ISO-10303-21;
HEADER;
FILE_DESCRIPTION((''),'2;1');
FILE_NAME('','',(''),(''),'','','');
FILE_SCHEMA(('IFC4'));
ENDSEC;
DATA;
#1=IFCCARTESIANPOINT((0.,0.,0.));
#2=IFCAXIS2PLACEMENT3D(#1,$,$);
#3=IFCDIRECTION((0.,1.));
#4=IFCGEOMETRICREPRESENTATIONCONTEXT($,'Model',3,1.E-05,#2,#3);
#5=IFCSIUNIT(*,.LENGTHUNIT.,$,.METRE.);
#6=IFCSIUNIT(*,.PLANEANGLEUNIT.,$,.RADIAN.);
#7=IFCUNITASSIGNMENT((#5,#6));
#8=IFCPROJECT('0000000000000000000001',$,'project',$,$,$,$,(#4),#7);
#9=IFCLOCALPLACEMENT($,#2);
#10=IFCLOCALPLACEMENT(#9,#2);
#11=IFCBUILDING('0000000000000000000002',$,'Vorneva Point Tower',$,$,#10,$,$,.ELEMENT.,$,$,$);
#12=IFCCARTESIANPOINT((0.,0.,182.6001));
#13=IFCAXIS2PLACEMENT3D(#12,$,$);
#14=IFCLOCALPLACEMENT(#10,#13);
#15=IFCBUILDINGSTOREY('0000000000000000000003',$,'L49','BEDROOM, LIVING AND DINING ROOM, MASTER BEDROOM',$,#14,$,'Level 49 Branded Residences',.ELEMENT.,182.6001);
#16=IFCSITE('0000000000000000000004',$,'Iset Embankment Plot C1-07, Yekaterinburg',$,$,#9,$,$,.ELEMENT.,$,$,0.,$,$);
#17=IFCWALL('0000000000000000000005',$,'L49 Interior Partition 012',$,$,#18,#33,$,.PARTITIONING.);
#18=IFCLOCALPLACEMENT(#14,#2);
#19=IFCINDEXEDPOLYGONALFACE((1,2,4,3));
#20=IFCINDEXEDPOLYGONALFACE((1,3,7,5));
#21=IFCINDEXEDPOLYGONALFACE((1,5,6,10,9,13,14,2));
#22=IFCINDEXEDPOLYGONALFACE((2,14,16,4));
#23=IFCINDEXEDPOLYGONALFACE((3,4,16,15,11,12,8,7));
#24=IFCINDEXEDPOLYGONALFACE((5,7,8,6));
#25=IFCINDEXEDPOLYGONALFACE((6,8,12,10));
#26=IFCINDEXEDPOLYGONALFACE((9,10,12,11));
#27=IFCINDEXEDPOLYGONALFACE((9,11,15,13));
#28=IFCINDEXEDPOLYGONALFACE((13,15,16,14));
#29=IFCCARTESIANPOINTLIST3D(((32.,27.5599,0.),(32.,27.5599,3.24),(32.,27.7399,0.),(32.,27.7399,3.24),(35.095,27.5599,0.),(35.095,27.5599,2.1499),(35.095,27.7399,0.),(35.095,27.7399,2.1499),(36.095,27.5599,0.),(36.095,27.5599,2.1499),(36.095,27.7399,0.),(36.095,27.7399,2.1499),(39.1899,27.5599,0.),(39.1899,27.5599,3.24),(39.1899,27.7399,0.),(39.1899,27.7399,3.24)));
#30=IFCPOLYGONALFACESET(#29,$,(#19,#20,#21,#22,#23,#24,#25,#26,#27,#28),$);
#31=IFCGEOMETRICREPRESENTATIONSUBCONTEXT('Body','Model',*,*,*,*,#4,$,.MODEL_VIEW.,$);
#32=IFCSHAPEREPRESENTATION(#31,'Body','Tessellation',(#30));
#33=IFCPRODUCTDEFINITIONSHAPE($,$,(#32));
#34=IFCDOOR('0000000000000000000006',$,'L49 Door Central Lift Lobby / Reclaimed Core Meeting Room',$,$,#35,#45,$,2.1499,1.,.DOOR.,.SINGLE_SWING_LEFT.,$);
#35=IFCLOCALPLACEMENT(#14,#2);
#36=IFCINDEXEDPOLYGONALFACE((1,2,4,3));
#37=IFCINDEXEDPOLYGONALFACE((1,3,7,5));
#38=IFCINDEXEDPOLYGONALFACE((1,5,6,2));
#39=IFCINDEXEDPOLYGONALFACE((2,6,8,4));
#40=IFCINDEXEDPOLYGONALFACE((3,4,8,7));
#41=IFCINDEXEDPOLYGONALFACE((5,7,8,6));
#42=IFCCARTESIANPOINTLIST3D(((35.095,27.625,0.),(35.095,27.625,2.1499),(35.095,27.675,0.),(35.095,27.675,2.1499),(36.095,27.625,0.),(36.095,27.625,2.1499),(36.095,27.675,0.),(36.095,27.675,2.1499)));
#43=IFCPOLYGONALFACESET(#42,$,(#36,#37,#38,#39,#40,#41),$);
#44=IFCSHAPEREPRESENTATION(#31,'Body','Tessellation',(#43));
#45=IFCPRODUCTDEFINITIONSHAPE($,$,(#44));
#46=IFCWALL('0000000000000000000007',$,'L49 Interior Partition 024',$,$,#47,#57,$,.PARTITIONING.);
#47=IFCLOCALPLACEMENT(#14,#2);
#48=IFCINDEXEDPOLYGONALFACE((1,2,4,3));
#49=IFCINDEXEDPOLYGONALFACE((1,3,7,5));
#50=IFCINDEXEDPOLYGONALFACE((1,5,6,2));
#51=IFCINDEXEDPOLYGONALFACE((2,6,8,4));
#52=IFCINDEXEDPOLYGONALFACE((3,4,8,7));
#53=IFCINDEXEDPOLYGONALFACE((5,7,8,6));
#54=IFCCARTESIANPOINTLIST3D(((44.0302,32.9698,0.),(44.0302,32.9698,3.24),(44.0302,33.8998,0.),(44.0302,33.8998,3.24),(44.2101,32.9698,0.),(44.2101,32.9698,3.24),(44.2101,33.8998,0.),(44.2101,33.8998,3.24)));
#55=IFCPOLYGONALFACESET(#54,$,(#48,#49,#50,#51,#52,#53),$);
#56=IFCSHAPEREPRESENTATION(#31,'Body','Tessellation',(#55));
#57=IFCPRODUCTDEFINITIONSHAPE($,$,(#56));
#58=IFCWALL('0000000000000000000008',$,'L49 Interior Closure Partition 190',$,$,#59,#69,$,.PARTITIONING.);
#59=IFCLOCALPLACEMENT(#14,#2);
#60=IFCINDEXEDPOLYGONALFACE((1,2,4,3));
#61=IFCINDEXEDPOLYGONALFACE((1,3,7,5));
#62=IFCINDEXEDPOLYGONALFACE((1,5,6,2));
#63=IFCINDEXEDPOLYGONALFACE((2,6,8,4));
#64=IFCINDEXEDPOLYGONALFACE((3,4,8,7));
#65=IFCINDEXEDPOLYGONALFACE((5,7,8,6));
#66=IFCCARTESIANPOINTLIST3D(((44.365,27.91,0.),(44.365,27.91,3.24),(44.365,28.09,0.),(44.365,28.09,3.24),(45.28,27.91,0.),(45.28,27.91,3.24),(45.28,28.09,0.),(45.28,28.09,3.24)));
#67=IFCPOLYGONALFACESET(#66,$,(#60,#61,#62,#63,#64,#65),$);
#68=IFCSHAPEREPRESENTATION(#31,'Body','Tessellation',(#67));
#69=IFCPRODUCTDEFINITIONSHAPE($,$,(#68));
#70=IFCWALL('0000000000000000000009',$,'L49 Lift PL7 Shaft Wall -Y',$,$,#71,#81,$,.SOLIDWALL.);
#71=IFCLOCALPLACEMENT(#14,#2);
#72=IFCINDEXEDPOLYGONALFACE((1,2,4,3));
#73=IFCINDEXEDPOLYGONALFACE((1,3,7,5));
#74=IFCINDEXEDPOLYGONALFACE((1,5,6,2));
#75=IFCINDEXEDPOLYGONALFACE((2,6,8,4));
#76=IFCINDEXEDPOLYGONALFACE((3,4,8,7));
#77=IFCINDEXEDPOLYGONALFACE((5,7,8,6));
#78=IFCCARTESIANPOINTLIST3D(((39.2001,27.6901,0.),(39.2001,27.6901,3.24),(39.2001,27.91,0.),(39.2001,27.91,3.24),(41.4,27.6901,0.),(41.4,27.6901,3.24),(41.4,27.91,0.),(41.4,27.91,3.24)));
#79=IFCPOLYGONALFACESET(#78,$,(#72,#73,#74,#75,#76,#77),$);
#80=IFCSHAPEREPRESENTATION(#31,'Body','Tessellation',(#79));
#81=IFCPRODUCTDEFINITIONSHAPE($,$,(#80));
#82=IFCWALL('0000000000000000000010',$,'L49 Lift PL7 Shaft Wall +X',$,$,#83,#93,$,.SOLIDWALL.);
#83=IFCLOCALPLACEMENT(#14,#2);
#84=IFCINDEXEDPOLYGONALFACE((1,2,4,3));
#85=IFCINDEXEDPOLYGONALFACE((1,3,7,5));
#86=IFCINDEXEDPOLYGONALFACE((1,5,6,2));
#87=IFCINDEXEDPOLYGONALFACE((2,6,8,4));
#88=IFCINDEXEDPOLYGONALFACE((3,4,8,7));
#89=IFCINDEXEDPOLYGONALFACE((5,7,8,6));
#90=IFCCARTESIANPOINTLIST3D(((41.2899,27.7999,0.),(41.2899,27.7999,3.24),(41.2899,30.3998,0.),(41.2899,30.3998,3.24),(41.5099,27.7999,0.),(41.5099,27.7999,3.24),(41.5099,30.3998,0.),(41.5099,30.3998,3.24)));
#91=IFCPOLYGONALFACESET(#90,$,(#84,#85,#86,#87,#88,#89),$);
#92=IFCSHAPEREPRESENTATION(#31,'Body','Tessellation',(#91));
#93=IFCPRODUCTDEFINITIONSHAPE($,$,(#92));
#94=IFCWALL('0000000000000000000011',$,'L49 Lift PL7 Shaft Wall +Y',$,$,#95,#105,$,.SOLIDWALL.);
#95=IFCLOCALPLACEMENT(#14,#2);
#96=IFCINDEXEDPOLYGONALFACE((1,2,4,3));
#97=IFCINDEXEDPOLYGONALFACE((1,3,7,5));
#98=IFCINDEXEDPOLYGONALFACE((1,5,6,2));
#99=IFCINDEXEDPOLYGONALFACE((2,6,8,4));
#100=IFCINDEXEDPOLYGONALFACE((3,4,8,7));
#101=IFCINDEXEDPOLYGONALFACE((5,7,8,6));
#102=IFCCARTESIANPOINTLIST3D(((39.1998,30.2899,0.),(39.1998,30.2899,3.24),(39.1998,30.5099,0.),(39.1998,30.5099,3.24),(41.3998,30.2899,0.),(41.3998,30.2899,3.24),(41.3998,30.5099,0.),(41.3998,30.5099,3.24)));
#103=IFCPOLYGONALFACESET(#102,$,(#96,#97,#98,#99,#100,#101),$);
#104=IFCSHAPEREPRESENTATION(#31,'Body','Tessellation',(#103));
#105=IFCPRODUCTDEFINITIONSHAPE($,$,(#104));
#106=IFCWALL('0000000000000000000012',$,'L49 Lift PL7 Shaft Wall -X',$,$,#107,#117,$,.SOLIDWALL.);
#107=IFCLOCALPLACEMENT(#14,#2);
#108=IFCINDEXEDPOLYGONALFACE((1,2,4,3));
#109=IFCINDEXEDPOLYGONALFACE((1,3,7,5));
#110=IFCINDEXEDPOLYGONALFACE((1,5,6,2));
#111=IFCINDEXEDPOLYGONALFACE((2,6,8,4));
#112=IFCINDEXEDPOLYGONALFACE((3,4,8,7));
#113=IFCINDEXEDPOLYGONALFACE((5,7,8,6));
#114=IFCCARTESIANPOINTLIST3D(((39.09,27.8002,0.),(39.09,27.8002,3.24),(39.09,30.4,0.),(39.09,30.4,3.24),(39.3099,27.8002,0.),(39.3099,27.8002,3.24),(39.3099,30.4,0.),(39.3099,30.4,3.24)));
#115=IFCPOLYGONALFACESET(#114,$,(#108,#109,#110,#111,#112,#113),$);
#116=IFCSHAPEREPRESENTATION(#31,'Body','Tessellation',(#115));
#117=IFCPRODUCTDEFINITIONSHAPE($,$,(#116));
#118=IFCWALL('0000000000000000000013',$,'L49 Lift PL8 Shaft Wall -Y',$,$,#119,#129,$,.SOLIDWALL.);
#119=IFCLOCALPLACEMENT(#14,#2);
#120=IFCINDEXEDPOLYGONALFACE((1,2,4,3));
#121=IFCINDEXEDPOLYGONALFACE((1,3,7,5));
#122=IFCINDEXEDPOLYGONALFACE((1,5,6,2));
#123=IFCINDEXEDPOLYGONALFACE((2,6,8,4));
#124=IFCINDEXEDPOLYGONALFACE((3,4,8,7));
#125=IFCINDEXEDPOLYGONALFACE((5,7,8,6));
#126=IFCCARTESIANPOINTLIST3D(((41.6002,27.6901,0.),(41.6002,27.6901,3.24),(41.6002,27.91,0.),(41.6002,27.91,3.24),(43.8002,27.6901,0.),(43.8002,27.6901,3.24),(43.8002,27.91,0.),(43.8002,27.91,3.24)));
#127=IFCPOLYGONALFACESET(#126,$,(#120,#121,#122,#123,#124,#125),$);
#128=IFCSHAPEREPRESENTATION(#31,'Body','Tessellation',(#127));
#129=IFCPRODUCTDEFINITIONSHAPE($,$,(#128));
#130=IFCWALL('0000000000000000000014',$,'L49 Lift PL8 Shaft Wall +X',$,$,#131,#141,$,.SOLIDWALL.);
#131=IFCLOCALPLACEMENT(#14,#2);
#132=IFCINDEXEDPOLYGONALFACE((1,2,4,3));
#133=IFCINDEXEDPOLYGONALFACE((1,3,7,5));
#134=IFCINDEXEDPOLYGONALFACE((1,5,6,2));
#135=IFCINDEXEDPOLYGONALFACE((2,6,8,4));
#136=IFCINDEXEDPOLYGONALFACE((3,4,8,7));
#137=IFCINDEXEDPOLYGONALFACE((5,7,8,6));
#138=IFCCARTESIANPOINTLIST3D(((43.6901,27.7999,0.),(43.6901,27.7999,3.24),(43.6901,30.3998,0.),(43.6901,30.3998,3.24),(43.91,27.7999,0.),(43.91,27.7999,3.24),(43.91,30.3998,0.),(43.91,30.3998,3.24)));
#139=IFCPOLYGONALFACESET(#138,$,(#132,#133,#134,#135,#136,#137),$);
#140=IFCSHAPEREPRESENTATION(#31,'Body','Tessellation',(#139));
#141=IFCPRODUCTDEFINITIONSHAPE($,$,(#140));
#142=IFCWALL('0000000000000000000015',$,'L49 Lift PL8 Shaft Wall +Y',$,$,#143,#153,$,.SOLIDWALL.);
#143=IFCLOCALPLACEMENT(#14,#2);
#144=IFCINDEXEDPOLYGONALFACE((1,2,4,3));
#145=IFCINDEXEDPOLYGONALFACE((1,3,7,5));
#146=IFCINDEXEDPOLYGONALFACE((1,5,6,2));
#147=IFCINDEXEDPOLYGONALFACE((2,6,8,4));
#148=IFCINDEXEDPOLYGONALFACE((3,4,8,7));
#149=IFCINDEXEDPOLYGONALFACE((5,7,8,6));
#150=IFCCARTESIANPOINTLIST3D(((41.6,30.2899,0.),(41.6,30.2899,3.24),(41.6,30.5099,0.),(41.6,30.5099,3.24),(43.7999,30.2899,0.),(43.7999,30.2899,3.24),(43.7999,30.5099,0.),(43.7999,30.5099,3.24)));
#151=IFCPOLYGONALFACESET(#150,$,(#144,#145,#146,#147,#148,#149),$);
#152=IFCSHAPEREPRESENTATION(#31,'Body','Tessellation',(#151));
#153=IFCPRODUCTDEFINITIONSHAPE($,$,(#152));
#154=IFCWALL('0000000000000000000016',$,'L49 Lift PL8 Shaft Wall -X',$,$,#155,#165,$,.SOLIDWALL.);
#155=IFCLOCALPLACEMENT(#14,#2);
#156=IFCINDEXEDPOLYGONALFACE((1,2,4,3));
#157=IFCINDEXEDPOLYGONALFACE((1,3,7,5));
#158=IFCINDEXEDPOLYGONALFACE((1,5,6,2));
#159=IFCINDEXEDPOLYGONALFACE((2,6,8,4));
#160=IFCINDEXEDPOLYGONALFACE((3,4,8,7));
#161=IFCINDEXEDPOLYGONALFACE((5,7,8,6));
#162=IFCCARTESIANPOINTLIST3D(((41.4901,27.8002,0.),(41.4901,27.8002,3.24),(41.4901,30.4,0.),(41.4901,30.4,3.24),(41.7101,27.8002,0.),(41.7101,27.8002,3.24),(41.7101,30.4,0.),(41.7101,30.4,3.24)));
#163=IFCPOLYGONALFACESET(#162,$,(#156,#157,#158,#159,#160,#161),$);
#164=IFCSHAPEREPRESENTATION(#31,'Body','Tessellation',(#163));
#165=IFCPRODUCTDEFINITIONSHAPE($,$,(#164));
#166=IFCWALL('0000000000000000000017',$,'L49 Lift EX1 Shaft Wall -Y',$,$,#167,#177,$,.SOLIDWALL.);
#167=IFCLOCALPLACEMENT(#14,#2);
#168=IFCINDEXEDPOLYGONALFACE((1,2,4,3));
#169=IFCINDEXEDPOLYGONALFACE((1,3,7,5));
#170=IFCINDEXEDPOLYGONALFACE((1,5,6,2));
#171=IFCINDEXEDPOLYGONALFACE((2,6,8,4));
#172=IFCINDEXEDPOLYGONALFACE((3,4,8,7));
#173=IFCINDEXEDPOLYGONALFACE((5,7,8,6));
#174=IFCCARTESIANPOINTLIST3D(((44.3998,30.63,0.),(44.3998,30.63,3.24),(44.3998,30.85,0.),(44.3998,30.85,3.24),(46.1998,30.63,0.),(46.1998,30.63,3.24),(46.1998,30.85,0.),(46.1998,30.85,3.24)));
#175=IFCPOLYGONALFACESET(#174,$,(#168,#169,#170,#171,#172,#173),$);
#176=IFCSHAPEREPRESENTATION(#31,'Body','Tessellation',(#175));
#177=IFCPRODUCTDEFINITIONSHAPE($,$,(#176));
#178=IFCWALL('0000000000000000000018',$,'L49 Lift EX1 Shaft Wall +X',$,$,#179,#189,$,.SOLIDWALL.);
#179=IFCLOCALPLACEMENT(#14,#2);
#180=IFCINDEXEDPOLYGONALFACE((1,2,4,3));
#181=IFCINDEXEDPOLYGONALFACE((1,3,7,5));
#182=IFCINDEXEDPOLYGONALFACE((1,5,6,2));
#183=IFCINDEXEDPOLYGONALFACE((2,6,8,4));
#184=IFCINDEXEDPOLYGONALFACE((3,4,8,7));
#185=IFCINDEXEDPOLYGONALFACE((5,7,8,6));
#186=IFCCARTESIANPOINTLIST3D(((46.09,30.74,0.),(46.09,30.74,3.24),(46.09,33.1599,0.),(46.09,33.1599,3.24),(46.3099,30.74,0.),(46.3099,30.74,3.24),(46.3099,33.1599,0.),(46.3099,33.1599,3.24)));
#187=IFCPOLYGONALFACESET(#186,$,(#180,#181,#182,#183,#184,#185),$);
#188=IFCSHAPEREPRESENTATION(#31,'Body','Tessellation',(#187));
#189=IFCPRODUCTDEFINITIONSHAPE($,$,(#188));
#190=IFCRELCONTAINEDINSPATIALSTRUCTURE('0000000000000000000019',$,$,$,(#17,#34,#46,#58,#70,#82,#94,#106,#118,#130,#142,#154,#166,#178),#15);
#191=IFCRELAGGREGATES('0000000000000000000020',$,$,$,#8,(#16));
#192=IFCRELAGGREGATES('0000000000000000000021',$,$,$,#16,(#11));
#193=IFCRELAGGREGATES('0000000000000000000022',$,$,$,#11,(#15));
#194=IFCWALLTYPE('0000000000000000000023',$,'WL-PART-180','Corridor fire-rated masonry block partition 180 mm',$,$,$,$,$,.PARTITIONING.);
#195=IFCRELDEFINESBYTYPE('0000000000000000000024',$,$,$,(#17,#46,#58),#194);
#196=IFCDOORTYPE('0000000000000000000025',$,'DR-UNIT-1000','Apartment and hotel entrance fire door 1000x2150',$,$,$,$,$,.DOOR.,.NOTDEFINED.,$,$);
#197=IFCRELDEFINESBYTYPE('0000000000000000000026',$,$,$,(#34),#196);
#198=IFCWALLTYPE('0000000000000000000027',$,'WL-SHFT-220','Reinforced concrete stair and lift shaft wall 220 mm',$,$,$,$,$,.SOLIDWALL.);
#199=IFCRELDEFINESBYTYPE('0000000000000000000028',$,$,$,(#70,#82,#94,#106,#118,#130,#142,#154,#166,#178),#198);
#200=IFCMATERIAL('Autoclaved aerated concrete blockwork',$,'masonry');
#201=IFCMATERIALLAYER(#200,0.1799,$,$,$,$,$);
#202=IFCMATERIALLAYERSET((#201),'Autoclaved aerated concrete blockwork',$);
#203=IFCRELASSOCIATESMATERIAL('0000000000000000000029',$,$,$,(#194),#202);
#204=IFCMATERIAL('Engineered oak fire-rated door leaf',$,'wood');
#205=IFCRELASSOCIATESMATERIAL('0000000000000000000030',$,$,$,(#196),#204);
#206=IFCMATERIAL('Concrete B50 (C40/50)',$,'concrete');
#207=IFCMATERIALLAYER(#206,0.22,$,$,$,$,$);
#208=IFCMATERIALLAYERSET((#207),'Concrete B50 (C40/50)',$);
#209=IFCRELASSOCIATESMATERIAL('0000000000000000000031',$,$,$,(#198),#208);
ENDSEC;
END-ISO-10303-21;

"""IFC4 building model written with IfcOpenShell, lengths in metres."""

from ifc_helpers import new_model, si_unit, direction, frame, frame_2d, origin, place, context, subcontext, project, spatial, rectangle, extrude, material, layer, layer_set, type_object, element, fill, save


model = new_model("IFC4")

# Units and contexts
model_context = context("Model", 3, precision=1e-05, world=origin(), true_north=direction((0.0, 1.0)))
body_context = subcontext(model_context, "Body", "Model", "MODEL_VIEW")
ifc_project = project(units=[si_unit("LENGTHUNIT", "METRE"), si_unit("PLANEANGLEUNIT", "RADIAN")], contexts=[model_context])

# Site, building, storey
site_placement = place(None, origin())
site = spatial("IfcSite", under=ifc_project, at=site_placement, Name="Iset Embankment Plot C1-07, Yekaterinburg", CompositionType="ELEMENT", RefElevation=0.0)
building_placement = place(site_placement, origin())
building = spatial("IfcBuilding", under=site, at=building_placement, Name="Vorneva Point Tower", CompositionType="ELEMENT")
storey_placement = place(building_placement, frame((0.0, 0.0, 182.6001)))
storey = spatial("IfcBuildingStorey", under=building, at=storey_placement, Name="L49", Description="BEDROOM, LIVING AND DINING ROOM, MASTER BEDROOM", LongName="Level 49 Branded Residences", CompositionType="ELEMENT", Elevation=182.6001)

# Shared definitions
ifc_material_1 = material(Name="Concrete B50 (C40/50)", Category="concrete")

# Wall, opening, door
ifc_material_2 = material(Name="Autoclaved aerated concrete blockwork", Category="masonry")
ifc_layer_1 = layer(ifc_material_2, 0.1799)
ifc_layer_set_1 = layer_set([ifc_layer_1], Name="Autoclaved aerated concrete blockwork")
wall_type_1 = type_object("IfcWallType", Name="WL-PART-180", Description="Corridor fire-rated masonry block partition 180 mm", PredefinedType="PARTITIONING", material=ifc_layer_set_1)
wall_1_placement = place(storey_placement, frame((39.1899, 27.6499, 0.0), z_axis=(0.0, 0.0, 1.0), x_axis=(-1.0, 0.0, 0.0)))
wall_1 = element("IfcWall", 1, at=wall_1_placement, inside=storey, type_object=wall_type_1, Name="L49 Interior Partition 012", PredefinedType="PARTITIONING", context=body_context, shape_type="SweptSolid", body=[
    extrude(rectangle(XDim=7.1899, YDim=0.1799, at=frame_2d((3.595, 0.0))), origin(), (0.0, 0.0, 1.0), 3.24),
])
opening_1_placement = place(wall_1_placement, frame((3.095, 0.0, 0.0)))
opening_1 = element("IfcOpeningElement", 2, at=opening_1_placement, cuts=wall_1, PredefinedType="OPENING", context=body_context, shape_type="SweptSolid", body=[
    extrude(rectangle(XDim=1.0, YDim=2.1499, at=frame_2d((0.5, 1.075))), frame((0.0, 0.105, 0.0), z_axis=(0.0, -1.0, 0.0), x_axis=(1.0, 0.0, 0.0)), (0.0, 0.0, 1.0), 0.2097),
])
ifc_material_3 = material(Name="Engineered oak fire-rated door leaf", Category="wood")
door_type_1 = type_object("IfcDoorType", Name="DR-UNIT-1000", Description="Apartment and hotel entrance fire door 1000x2150", OperationType="NOTDEFINED", PredefinedType="DOOR", material=ifc_material_3)
door_1_placement = place(opening_1_placement, origin())
door_1 = element("IfcDoor", 3, at=door_1_placement, inside=storey, type_object=door_type_1, Name="L49 Door Central Lift Lobby / Reclaimed Core Meeting Room", OperationType="SINGLE_SWING_LEFT", OverallHeight=2.1499, OverallWidth=1.0, PredefinedType="DOOR", context=body_context, shape_type="SweptSolid", body=[
    extrude(rectangle(XDim=1.0, YDim=2.1499, at=frame_2d((0.5, 1.075))), frame((0.0, 0.0249, 0.0), z_axis=(0.0, -1.0, 0.0), x_axis=(1.0, 0.0, 0.0)), (0.0, 0.0, 1.0), 0.05),
])
fill(opening_1, door_1)

# Walls
wall_2_placement = place(storey_placement, frame((44.1201, 32.97, 0.0), z_axis=(0.0, 0.0, 1.0), x_axis=(0.0, 1.0, 0.0)))
element("IfcWall", 4, at=wall_2_placement, inside=storey, type_object=wall_type_1, Name="L49 Interior Partition 024", PredefinedType="PARTITIONING", context=body_context, shape_type="SweptSolid", body=[
    extrude(rectangle(XDim=0.9299, YDim=0.1799, at=frame_2d((0.4648, 0.0))), origin(), (0.0, 0.0, 1.0), 3.24),
])
wall_3_placement = place(storey_placement, frame((45.28, 28.0, 0.0), z_axis=(0.0, 0.0, 1.0), x_axis=(-1.0, 0.0, 0.0)))
element("IfcWall", 5, at=wall_3_placement, inside=storey, type_object=wall_type_1, Name="L49 Interior Closure Partition 190", PredefinedType="PARTITIONING", context=body_context, shape_type="SweptSolid", body=[
    extrude(rectangle(XDim=0.915, YDim=0.1799, at=frame_2d((0.4575, 0.0))), origin(), (0.0, 0.0, 1.0), 3.24),
])
ifc_layer_2 = layer(ifc_material_1, 0.22)
ifc_layer_set_2 = layer_set([ifc_layer_2], Name="Concrete B50 (C40/50)")
wall_type_2 = type_object("IfcWallType", Name="WL-SHFT-220", Description="Reinforced concrete stair and lift shaft wall 220 mm", PredefinedType="SOLIDWALL", material=ifc_layer_set_2)
wall_4_placement = place(storey_placement, frame((39.2, 27.8, 0.0), z_axis=(0.0, 0.0, 1.0), x_axis=(1.0, 0.0, 0.0)))
element("IfcWall", 6, at=wall_4_placement, inside=storey, type_object=wall_type_2, Name="L49 Lift PL7 Shaft Wall -Y", PredefinedType="SOLIDWALL", context=body_context, shape_type="SweptSolid", body=[
    extrude(rectangle(XDim=2.2, YDim=0.22, at=frame_2d((1.1001, 0.0))), origin(), (0.0, 0.0, 1.0), 3.24),
])
wall_5_placement = place(storey_placement, frame((41.3999, 27.8, 0.0), z_axis=(0.0, 0.0, 1.0), x_axis=(0.0, 1.0, 0.0)))
element("IfcWall", 7, at=wall_5_placement, inside=storey, type_object=wall_type_2, Name="L49 Lift PL7 Shaft Wall +X", PredefinedType="SOLIDWALL", context=body_context, shape_type="SweptSolid", body=[
    extrude(rectangle(XDim=2.5999, YDim=0.22, at=frame_2d((1.2998, 0.0))), origin(), (0.0, 0.0, 1.0), 3.24),
])
wall_6_placement = place(storey_placement, frame((41.3999, 30.3999, 0.0), z_axis=(0.0, 0.0, 1.0), x_axis=(-1.0, 0.0, 0.0)))
element("IfcWall", 8, at=wall_6_placement, inside=storey, type_object=wall_type_2, Name="L49 Lift PL7 Shaft Wall +Y", PredefinedType="SOLIDWALL", context=body_context, shape_type="SweptSolid", body=[
    extrude(rectangle(XDim=2.2, YDim=0.22, at=frame_2d((1.1001, 0.0))), origin(), (0.0, 0.0, 1.0), 3.24),
])
wall_7_placement = place(storey_placement, frame((39.2, 30.3999, 0.0), z_axis=(0.0, 0.0, 1.0), x_axis=(0.0, -1.0, 0.0)))
element("IfcWall", 9, at=wall_7_placement, inside=storey, type_object=wall_type_2, Name="L49 Lift PL7 Shaft Wall -X", PredefinedType="SOLIDWALL", context=body_context, shape_type="SweptSolid", body=[
    extrude(rectangle(XDim=2.5999, YDim=0.22, at=frame_2d((1.2998, 0.0))), origin(), (0.0, 0.0, 1.0), 3.24),
])
wall_8_placement = place(storey_placement, frame((41.6001, 27.8, 0.0), z_axis=(0.0, 0.0, 1.0), x_axis=(1.0, 0.0, 0.0)))
element("IfcWall", 10, at=wall_8_placement, inside=storey, type_object=wall_type_2, Name="L49 Lift PL8 Shaft Wall -Y", PredefinedType="SOLIDWALL", context=body_context, shape_type="SweptSolid", body=[
    extrude(rectangle(XDim=2.2, YDim=0.22, at=frame_2d((1.1001, 0.0))), origin(), (0.0, 0.0, 1.0), 3.24),
])
wall_9_placement = place(storey_placement, frame((43.8, 27.8, 0.0), z_axis=(0.0, 0.0, 1.0), x_axis=(0.0, 1.0, 0.0)))
element("IfcWall", 11, at=wall_9_placement, inside=storey, type_object=wall_type_2, Name="L49 Lift PL8 Shaft Wall +X", PredefinedType="SOLIDWALL", context=body_context, shape_type="SweptSolid", body=[
    extrude(rectangle(XDim=2.5999, YDim=0.22, at=frame_2d((1.2998, 0.0))), origin(), (0.0, 0.0, 1.0), 3.24),
])
wall_10_placement = place(storey_placement, frame((43.8, 30.3999, 0.0), z_axis=(0.0, 0.0, 1.0), x_axis=(-1.0, 0.0, 0.0)))
element("IfcWall", 12, at=wall_10_placement, inside=storey, type_object=wall_type_2, Name="L49 Lift PL8 Shaft Wall +Y", PredefinedType="SOLIDWALL", context=body_context, shape_type="SweptSolid", body=[
    extrude(rectangle(XDim=2.2, YDim=0.22, at=frame_2d((1.1001, 0.0))), origin(), (0.0, 0.0, 1.0), 3.24),
])
wall_11_placement = place(storey_placement, frame((41.6001, 30.3999, 0.0), z_axis=(0.0, 0.0, 1.0), x_axis=(0.0, -1.0, 0.0)))
element("IfcWall", 13, at=wall_11_placement, inside=storey, type_object=wall_type_2, Name="L49 Lift PL8 Shaft Wall -X", PredefinedType="SOLIDWALL", context=body_context, shape_type="SweptSolid", body=[
    extrude(rectangle(XDim=2.5999, YDim=0.22, at=frame_2d((1.2998, 0.0))), origin(), (0.0, 0.0, 1.0), 3.24),
])
wall_12_placement = place(storey_placement, frame((44.3999, 30.74, 0.0), z_axis=(0.0, 0.0, 1.0), x_axis=(1.0, 0.0, 0.0)))
element("IfcWall", 14, at=wall_12_placement, inside=storey, type_object=wall_type_2, Name="L49 Lift EX1 Shaft Wall -Y", PredefinedType="SOLIDWALL", context=body_context, shape_type="SweptSolid", body=[
    extrude(rectangle(XDim=1.8, YDim=0.22, at=frame_2d((0.8999, 0.0))), origin(), (0.0, 0.0, 1.0), 3.24),
])
wall_13_placement = place(storey_placement, frame((46.2, 30.74, 0.0), z_axis=(0.0, 0.0, 1.0), x_axis=(0.0, 1.0, 0.0)))
element("IfcWall", 15, at=wall_13_placement, inside=storey, type_object=wall_type_2, Name="L49 Lift EX1 Shaft Wall +X", PredefinedType="SOLIDWALL", context=body_context, shape_type="SweptSolid", body=[
    extrude(rectangle(XDim=2.4199, YDim=0.22, at=frame_2d((1.21, 0.0))), origin(), (0.0, 0.0, 1.0), 3.24),
])

save(model, "model.ifc")
